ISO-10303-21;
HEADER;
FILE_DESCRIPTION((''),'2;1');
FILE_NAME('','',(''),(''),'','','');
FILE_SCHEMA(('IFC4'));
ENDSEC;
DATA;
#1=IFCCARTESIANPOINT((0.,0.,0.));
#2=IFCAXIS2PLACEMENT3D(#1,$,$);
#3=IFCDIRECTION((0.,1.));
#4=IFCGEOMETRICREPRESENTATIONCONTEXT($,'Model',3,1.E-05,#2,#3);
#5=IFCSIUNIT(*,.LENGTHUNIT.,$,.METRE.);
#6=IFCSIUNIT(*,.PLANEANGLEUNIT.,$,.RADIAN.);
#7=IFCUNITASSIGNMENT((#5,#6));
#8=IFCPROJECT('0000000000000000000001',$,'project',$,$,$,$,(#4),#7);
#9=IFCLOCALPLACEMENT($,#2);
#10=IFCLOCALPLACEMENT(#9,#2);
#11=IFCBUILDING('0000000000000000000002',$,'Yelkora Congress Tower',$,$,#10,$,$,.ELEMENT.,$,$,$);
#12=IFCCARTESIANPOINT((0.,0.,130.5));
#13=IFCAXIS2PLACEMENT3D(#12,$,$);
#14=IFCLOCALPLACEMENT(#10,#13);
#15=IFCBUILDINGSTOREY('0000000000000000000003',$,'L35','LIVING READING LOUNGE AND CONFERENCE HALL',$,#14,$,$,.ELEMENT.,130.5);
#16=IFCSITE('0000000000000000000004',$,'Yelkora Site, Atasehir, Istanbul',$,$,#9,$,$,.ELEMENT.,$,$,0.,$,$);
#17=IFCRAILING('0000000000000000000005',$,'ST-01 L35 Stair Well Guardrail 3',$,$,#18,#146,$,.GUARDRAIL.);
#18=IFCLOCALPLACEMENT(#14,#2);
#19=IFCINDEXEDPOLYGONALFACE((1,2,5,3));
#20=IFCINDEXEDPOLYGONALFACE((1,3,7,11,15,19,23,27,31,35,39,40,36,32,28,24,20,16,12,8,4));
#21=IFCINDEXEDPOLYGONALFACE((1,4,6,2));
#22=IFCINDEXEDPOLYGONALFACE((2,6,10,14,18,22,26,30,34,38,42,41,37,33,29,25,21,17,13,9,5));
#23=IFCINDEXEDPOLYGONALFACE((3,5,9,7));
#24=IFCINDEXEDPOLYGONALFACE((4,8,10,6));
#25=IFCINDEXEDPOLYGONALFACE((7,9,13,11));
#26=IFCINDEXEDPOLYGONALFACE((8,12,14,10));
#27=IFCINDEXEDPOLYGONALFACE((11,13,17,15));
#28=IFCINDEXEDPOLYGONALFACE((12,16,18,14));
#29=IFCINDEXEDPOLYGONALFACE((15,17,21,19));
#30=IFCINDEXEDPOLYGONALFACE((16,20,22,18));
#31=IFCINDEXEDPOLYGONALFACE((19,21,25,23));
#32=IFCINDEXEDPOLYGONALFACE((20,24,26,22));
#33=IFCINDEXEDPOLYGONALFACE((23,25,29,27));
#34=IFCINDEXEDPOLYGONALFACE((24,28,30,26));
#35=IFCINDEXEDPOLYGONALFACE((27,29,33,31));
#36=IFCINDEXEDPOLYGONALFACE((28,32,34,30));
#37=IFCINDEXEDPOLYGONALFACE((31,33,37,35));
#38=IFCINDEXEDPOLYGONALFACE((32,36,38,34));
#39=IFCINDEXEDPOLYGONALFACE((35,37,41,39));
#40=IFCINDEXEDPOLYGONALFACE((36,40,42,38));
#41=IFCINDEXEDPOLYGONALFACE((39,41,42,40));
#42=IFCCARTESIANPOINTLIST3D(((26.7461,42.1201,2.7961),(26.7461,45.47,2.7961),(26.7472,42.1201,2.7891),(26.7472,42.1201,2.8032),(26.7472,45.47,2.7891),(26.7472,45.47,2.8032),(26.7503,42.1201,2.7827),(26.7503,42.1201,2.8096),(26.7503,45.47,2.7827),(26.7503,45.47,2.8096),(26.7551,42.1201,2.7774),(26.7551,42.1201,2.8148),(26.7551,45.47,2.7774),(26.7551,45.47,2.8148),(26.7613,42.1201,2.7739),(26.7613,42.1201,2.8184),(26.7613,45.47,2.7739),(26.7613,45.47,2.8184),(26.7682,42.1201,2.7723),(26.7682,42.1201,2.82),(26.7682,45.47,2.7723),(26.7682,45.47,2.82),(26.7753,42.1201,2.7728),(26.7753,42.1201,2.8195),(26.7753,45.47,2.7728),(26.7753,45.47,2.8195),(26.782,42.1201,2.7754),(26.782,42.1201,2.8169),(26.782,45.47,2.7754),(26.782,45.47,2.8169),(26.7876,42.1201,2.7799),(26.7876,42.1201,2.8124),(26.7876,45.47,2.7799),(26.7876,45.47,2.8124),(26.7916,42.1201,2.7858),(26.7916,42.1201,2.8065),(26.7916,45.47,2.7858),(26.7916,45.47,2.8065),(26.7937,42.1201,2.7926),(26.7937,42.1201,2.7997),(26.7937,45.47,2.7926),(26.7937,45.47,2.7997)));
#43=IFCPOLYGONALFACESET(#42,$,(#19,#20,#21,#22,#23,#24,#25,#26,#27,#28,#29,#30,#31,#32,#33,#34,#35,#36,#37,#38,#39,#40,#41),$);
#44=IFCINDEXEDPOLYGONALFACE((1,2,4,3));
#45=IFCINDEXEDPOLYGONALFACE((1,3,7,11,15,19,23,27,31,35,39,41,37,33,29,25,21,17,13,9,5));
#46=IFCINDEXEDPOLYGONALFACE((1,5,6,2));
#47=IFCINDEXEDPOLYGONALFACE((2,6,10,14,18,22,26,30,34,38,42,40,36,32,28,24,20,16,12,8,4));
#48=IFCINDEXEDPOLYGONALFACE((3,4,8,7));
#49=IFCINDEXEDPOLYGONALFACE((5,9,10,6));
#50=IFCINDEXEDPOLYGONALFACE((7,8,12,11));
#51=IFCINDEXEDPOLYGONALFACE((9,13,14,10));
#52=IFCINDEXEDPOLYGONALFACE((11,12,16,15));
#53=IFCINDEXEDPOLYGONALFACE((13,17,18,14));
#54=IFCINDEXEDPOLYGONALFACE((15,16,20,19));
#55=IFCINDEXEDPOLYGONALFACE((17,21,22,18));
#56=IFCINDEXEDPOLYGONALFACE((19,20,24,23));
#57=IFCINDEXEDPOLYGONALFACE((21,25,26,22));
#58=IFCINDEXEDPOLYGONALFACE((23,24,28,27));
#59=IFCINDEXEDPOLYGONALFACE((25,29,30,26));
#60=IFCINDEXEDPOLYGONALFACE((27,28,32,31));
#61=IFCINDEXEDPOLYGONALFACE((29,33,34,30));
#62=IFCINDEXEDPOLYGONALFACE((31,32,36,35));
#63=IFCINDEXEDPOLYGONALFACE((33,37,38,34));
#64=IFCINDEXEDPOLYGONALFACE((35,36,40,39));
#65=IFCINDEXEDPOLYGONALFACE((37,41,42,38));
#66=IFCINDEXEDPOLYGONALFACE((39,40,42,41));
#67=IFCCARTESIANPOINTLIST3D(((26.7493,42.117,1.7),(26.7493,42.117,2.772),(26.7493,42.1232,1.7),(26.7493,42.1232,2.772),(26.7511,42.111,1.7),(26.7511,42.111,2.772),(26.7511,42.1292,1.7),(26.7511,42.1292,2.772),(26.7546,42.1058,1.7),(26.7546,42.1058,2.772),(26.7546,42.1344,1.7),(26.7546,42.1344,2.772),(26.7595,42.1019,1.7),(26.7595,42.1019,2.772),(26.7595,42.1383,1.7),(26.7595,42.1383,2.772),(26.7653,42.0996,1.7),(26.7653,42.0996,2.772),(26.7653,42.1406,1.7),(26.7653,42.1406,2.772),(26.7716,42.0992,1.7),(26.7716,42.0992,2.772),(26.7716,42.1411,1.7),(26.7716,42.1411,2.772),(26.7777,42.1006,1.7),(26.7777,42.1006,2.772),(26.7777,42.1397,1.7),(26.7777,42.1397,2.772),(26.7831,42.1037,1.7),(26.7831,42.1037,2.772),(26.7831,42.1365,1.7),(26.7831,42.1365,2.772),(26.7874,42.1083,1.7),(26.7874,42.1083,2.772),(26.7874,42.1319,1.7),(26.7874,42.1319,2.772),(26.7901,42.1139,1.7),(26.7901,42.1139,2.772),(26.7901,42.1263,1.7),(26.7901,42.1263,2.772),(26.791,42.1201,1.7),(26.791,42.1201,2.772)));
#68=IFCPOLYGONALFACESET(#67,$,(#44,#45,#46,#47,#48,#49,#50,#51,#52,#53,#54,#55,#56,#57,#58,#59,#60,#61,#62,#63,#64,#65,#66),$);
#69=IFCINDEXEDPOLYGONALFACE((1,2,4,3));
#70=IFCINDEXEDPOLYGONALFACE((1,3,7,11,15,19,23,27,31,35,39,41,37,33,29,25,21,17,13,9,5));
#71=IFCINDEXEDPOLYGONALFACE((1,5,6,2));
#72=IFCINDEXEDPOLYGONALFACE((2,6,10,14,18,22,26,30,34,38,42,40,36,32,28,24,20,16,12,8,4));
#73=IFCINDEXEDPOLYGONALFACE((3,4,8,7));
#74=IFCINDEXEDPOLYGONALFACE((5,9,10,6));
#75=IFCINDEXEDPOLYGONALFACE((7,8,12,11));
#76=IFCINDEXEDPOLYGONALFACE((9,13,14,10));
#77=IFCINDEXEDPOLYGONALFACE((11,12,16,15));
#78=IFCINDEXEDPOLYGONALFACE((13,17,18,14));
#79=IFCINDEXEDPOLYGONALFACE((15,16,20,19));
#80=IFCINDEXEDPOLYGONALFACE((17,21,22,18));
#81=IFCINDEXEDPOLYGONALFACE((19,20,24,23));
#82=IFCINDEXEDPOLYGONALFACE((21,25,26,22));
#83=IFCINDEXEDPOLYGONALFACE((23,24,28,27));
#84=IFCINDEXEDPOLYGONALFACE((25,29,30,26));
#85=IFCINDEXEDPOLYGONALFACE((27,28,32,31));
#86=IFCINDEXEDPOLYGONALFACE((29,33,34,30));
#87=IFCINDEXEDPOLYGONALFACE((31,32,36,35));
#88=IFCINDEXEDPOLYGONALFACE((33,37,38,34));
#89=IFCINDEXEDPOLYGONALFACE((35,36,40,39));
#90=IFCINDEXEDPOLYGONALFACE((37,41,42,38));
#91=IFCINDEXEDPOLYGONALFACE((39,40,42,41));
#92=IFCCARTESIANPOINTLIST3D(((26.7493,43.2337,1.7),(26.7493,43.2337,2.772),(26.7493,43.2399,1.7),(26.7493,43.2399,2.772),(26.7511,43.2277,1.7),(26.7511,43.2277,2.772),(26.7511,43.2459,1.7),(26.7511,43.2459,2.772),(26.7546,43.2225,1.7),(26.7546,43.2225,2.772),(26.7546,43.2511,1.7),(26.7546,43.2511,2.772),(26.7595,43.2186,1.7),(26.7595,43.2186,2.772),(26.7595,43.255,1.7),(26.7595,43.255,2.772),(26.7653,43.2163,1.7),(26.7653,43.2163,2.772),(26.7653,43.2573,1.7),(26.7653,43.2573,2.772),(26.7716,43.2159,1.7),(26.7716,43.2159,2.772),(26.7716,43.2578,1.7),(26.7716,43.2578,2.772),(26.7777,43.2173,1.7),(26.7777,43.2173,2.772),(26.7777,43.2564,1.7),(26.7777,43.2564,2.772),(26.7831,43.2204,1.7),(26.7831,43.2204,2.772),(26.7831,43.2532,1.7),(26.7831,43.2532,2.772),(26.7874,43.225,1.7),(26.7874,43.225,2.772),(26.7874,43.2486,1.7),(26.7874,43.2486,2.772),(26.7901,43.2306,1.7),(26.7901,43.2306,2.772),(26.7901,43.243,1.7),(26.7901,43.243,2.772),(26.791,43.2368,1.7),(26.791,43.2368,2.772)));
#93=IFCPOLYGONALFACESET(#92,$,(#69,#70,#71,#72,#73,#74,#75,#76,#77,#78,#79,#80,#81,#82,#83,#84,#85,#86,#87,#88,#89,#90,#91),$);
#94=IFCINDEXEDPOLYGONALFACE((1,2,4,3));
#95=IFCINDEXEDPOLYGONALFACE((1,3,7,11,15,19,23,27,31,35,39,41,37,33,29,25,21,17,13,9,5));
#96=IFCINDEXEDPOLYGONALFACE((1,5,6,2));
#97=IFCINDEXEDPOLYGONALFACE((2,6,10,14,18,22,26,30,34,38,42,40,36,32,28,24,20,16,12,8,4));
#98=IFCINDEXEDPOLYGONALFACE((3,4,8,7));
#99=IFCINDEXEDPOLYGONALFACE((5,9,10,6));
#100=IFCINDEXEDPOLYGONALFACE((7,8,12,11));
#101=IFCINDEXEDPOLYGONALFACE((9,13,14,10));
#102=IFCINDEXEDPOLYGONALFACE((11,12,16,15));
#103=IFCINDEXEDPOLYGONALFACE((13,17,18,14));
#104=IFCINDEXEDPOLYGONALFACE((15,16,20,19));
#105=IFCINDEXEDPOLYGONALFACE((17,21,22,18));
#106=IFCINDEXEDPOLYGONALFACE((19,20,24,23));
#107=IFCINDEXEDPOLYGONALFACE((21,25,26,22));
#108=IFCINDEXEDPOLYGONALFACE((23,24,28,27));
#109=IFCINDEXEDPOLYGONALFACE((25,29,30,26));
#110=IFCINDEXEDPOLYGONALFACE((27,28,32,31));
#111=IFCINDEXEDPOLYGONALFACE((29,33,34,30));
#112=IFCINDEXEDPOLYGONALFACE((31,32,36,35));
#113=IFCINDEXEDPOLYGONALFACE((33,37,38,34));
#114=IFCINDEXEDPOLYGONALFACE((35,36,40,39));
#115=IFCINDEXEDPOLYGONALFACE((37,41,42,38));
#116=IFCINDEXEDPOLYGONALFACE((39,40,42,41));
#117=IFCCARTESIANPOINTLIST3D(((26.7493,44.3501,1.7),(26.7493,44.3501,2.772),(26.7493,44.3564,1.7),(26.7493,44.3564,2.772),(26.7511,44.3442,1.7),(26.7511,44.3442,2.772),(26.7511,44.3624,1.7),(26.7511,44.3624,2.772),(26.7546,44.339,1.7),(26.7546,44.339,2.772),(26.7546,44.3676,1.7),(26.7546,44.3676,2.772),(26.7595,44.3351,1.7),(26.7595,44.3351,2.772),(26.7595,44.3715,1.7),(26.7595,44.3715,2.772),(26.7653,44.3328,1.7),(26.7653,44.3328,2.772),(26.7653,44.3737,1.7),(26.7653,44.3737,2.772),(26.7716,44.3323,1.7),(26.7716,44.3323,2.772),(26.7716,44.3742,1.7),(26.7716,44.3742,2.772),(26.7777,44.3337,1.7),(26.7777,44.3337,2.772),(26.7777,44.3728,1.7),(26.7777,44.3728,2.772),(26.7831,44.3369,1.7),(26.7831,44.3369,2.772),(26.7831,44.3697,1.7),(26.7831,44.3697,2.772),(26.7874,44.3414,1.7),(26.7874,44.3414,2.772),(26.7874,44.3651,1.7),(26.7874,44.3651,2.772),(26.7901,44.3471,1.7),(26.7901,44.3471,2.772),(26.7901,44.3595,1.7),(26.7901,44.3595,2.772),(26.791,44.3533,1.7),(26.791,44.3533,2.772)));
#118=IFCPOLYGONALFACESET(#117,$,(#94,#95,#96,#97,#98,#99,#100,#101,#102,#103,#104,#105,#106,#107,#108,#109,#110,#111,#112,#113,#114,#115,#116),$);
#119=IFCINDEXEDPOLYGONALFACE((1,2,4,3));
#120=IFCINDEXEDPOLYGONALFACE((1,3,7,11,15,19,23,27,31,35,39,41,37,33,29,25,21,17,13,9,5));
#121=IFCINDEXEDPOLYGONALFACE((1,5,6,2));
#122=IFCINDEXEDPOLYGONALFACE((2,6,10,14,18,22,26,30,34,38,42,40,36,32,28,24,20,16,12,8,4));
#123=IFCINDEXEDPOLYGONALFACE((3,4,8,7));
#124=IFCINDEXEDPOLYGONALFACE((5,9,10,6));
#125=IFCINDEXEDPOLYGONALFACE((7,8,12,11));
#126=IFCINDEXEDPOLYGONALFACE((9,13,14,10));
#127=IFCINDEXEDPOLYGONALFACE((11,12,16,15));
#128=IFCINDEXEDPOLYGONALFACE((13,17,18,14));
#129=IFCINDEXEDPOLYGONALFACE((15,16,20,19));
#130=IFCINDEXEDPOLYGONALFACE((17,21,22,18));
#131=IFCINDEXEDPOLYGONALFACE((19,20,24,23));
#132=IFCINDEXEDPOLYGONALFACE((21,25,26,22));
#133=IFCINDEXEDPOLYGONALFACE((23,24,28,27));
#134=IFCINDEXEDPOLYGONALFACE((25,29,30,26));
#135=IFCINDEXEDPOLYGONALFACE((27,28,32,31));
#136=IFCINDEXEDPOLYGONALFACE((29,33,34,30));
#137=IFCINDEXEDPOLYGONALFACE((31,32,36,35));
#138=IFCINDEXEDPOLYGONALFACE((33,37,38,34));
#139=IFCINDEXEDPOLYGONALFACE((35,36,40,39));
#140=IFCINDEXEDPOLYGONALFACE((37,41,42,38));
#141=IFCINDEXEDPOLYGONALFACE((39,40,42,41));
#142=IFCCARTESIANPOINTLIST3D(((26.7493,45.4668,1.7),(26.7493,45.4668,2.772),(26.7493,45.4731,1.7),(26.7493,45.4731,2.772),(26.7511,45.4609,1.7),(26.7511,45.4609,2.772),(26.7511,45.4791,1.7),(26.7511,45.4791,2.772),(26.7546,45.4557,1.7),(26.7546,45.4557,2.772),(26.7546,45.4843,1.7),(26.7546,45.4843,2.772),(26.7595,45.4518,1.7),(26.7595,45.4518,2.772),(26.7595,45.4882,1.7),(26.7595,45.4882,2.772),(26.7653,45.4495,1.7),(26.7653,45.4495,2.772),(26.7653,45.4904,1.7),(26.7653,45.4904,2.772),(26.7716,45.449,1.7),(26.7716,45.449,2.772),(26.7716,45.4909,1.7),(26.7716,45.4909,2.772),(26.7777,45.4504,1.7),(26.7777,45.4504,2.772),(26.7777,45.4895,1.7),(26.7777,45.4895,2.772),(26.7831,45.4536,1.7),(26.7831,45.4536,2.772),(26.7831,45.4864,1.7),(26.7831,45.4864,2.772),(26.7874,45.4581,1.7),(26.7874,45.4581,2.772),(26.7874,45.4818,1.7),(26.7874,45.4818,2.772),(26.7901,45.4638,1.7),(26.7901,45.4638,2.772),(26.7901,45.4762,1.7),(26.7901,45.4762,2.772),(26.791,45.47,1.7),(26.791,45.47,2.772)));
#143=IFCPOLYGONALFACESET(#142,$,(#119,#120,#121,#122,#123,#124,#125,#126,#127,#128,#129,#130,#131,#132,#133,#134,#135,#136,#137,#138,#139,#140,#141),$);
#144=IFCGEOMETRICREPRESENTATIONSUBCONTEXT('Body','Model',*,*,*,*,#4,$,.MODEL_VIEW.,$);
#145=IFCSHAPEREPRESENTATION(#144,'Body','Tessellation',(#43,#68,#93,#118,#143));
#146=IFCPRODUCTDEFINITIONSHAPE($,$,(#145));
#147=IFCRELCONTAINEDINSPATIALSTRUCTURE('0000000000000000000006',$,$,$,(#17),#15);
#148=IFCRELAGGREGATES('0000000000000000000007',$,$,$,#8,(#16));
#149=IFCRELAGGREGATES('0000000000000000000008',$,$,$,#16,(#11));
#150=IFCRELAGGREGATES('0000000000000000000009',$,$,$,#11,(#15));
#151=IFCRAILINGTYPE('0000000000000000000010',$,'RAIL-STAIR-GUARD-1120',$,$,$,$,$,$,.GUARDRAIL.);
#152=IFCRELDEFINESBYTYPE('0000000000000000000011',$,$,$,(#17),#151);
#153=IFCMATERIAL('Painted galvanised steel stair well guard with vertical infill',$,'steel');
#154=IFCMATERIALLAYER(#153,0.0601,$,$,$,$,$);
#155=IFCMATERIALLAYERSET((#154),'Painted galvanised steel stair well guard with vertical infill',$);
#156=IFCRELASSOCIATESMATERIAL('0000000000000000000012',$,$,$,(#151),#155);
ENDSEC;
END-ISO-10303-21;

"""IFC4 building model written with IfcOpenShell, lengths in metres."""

from ifc_helpers import new_model, si_unit, direction, frame, origin, origin_2d, place, context, subcontext, project, spatial, circle, extrude, material, layer, layer_set, type_object, element, save


model = new_model("IFC4")

# Units and contexts
model_context = context("Model", 3, precision=1e-05, world=origin(), true_north=direction((0.0, 1.0)))
body_context = subcontext(model_context, "Body", "Model", "MODEL_VIEW")
ifc_project = project(units=[si_unit("LENGTHUNIT", "METRE"), si_unit("PLANEANGLEUNIT", "RADIAN")], contexts=[model_context])

# Site, building, storey
site_placement = place(None, origin())
site = spatial("IfcSite", under=ifc_project, at=site_placement, Name="Yelkora Site, Atasehir, Istanbul", CompositionType="ELEMENT", RefElevation=0.0)
building_placement = place(site_placement, origin())
building = spatial("IfcBuilding", under=site, at=building_placement, Name="Yelkora Congress Tower", CompositionType="ELEMENT")
storey_placement = place(building_placement, frame((0.0, 0.0, 130.5)))
storey = spatial("IfcBuildingStorey", under=building, at=storey_placement, Name="L35", Description="LIVING READING LOUNGE AND CONFERENCE HALL", CompositionType="ELEMENT", Elevation=130.5)

# Railing
ifc_material_1 = material(Name="Painted galvanised steel stair well guard with vertical infill", Category="steel")
ifc_layer_1 = layer(ifc_material_1, 0.0601)
ifc_layer_set_1 = layer_set([ifc_layer_1], Name="Painted galvanised steel stair well guard with vertical infill")
railing_type_1 = type_object("IfcRailingType", Name="RAIL-STAIR-GUARD-1120", PredefinedType="GUARDRAIL", material=ifc_layer_set_1)
railing_1_placement = place(storey_placement, frame((26.77, 42.1201, 1.7)))
element("IfcRailing", 1, at=railing_1_placement, inside=storey, type_object=railing_type_1, Name="ST-01 L35 Stair Well Guardrail 3", PredefinedType="GUARDRAIL", context=body_context, shape_type="SweptSolid", body=[
    extrude(circle(Radius=0.0239, at=origin_2d()), frame((0.0, 0.0, 1.0962), z_axis=(0.0, 1.0, 0.0), x_axis=(-1.0, 0.0, 0.0)), (0.0, 0.0, 1.0), 3.3499),
    extrude(circle(Radius=0.021, at=origin_2d()), origin(), (0.0, 0.0, 1.0), 1.072),
    extrude(circle(Radius=0.021, at=origin_2d()), frame((0.0, 1.1167, 0.0)), (0.0, 0.0, 1.0), 1.072),
    extrude(circle(Radius=0.021, at=origin_2d()), frame((0.0, 2.2332, 0.0)), (0.0, 0.0, 1.0), 1.072),
    extrude(circle(Radius=0.021, at=origin_2d()), frame((0.0, 3.3499, 0.0)), (0.0, 0.0, 1.0), 1.072),
])

save(model, "model.ifc")
